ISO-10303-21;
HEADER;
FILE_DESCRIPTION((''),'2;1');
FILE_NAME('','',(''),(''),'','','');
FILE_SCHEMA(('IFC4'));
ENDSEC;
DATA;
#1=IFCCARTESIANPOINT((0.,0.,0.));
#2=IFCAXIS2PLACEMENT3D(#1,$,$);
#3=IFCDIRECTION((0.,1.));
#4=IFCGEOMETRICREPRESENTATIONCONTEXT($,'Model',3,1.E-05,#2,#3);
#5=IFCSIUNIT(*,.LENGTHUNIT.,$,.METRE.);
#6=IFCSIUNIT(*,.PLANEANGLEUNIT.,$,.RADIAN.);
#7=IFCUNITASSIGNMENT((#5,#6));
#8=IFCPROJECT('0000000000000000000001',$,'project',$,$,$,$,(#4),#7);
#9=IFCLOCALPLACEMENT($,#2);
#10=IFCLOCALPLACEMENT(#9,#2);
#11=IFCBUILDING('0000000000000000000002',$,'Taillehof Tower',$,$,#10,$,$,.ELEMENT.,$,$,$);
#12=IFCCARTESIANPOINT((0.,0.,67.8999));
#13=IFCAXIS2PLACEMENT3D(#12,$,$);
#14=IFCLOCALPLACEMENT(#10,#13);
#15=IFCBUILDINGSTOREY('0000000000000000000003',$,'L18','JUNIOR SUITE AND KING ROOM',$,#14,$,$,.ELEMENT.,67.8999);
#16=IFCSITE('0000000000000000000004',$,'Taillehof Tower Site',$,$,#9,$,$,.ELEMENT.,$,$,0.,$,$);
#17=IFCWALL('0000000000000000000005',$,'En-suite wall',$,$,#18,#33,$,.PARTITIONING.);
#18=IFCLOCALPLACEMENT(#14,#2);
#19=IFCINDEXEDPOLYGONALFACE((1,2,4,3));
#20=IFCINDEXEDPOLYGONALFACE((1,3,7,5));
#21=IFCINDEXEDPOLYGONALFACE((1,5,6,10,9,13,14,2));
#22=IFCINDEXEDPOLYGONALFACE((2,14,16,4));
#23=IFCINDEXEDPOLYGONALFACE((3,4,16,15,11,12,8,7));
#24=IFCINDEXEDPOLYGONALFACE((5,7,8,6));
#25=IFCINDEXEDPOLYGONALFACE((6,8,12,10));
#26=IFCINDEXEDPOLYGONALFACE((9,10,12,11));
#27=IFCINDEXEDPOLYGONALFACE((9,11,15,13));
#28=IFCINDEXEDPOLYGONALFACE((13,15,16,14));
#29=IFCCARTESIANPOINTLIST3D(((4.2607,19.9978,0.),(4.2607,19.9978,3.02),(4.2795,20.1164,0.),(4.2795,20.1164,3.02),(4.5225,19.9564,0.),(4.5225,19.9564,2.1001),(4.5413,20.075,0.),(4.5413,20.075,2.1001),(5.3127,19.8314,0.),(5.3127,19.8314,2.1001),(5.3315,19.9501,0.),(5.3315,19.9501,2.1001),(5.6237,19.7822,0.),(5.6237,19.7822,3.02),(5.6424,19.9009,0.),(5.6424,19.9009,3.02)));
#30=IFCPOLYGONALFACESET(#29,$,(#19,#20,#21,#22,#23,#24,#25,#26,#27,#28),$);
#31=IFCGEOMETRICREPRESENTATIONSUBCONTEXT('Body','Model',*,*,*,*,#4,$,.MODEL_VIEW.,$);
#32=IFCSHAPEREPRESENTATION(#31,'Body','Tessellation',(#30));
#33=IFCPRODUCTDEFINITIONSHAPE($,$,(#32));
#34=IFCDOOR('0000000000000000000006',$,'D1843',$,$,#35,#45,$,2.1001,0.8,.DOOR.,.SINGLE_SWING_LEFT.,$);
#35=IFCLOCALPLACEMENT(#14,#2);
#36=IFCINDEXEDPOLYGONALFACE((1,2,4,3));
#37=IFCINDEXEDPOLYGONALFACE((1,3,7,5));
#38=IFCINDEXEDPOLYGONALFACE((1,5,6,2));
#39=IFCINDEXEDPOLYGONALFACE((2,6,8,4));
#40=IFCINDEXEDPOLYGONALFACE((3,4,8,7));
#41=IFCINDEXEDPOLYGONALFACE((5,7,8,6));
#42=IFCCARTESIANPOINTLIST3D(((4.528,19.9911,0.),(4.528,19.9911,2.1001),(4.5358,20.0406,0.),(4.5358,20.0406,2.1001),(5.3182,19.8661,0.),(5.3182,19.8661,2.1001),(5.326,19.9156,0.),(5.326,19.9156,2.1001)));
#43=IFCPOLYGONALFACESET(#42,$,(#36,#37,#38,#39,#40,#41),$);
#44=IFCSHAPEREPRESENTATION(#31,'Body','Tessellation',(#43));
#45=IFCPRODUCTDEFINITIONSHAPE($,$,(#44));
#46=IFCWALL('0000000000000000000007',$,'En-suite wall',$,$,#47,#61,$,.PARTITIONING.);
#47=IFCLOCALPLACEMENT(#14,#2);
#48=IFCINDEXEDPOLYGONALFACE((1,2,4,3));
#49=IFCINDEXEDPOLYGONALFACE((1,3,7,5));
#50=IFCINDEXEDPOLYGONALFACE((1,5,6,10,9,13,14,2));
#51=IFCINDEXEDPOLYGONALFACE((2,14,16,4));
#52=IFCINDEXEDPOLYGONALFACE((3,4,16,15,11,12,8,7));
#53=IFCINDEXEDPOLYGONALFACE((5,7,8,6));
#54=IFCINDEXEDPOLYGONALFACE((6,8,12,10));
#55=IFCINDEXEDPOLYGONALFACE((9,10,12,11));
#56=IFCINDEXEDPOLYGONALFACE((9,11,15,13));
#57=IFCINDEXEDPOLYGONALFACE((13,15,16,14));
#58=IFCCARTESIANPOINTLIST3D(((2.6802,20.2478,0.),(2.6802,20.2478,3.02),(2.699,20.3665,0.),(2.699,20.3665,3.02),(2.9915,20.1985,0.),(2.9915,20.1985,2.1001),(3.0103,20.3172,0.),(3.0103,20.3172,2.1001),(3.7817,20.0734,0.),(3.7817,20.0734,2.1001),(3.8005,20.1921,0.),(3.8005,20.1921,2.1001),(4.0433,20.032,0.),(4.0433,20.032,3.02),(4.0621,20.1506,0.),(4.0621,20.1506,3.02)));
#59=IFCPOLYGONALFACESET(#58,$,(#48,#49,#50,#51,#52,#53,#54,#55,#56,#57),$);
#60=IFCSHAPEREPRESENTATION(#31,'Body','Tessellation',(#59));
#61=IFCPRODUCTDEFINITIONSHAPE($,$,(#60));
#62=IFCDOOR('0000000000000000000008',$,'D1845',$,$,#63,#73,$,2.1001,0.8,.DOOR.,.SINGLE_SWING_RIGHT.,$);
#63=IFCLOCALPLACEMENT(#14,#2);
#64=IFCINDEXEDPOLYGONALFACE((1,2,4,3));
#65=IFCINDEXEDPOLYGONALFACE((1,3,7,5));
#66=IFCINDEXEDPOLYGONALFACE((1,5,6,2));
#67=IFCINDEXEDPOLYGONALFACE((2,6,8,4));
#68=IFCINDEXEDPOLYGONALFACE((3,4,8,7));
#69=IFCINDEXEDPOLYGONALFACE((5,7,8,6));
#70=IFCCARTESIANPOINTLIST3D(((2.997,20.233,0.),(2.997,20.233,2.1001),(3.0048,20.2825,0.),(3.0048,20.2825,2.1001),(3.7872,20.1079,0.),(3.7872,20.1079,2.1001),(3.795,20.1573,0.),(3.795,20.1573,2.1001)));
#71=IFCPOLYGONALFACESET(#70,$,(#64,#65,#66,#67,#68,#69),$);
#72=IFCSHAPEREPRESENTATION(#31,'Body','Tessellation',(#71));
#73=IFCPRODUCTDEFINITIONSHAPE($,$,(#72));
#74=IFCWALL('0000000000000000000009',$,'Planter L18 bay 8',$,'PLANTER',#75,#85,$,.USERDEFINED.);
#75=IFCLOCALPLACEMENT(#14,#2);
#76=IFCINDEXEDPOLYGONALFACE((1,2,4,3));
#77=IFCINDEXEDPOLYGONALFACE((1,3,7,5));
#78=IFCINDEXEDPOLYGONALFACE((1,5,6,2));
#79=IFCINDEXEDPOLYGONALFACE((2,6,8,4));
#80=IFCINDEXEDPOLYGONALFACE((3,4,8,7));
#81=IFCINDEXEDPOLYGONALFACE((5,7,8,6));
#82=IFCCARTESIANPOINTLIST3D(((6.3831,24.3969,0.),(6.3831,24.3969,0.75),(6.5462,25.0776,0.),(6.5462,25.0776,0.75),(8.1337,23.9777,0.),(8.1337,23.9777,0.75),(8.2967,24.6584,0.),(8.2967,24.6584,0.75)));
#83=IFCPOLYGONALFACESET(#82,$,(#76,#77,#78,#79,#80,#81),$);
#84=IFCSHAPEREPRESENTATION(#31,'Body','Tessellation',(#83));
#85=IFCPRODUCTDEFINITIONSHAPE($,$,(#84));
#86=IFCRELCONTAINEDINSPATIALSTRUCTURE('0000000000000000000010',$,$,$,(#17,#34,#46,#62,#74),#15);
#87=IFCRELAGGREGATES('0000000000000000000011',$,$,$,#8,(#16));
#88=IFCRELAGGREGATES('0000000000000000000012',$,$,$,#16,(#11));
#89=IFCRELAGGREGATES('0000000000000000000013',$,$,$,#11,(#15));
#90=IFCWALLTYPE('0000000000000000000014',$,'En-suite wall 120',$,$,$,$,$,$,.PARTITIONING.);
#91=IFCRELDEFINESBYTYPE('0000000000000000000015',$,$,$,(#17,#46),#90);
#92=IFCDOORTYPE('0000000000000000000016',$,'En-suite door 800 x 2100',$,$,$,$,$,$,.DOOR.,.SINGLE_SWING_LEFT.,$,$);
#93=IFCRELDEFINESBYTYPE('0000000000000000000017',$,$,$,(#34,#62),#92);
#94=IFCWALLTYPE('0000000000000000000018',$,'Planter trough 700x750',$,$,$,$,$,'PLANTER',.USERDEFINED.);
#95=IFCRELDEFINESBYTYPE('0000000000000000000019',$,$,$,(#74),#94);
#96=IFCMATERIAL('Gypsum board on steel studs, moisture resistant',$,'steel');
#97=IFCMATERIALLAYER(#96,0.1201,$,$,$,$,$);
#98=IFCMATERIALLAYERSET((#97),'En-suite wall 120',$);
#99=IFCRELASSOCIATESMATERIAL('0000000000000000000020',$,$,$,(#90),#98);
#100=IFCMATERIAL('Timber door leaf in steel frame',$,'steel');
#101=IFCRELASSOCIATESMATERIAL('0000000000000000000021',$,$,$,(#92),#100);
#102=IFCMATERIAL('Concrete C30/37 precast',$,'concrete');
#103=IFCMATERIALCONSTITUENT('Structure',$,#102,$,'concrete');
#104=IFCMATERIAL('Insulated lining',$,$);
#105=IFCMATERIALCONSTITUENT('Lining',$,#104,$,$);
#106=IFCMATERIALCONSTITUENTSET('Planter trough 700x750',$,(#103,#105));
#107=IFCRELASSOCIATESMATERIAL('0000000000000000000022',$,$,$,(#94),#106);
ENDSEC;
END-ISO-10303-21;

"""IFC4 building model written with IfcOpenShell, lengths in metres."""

from ifc_helpers import new_model, si_unit, direction, frame, frame_2d, origin, place, context, subcontext, project, spatial, rectangle, extrude, material, layer, layer_set, constituent, constituent_set, type_object, element, fill, save


model = new_model("IFC4")

# Units and contexts
model_context = context("Model", 3, precision=1e-05, world=origin(), true_north=direction((0.0, 1.0)))
body_context = subcontext(model_context, "Body", "Model", "MODEL_VIEW")
ifc_project = project(units=[si_unit("LENGTHUNIT", "METRE"), si_unit("PLANEANGLEUNIT", "RADIAN")], contexts=[model_context])

# Site, building, storey
site_placement = place(None, origin())
site = spatial("IfcSite", under=ifc_project, at=site_placement, Name="Taillehof Tower Site", CompositionType="ELEMENT", RefElevation=0.0)
building_placement = place(site_placement, origin())
building = spatial("IfcBuilding", under=site, at=building_placement, Name="Taillehof Tower", CompositionType="ELEMENT")
storey_placement = place(building_placement, frame((0.0, 0.0, 67.8999)))
storey = spatial("IfcBuildingStorey", under=building, at=storey_placement, Name="L18", Description="JUNIOR SUITE AND KING ROOM", CompositionType="ELEMENT", Elevation=67.8999)

# Shared definitions
ifc_material_1 = material(Name="Gypsum board on steel studs, moisture resistant", Category="steel")
ifc_layer_1 = layer(ifc_material_1, 0.1201)
ifc_layer_set_1 = layer_set([ifc_layer_1], Name="En-suite wall 120")
wall_type_1 = type_object("IfcWallType", Name="En-suite wall 120", PredefinedType="PARTITIONING", material=ifc_layer_set_1)

# Walls, openings, doors
wall_1_placement = place(storey_placement, frame((5.6331, 19.8416, 0.0), z_axis=(0.0, 0.0, 1.0), x_axis=(-0.987723, 0.156217, 0.0)))
wall_1 = element("IfcWall", 1, at=wall_1_placement, inside=storey, type_object=wall_type_1, Name="En-suite wall", PredefinedType="PARTITIONING", context=body_context, shape_type="SweptSolid", body=[
    extrude(rectangle(XDim=1.3799, YDim=0.1201, at=frame_2d((0.6899, 0.0))), origin(), (0.0, 0.0, 1.0), 3.02),
])
opening_1_placement = place(wall_1_placement, frame((0.3149, 0.0, 0.0)))
opening_1 = element("IfcOpeningElement", 2, at=opening_1_placement, cuts=wall_1, PredefinedType="OPENING", context=body_context, shape_type="SweptSolid", body=[
    extrude(rectangle(XDim=0.8, YDim=2.1001, at=frame_2d((0.3999, 1.05))), frame((0.0, 0.0701, 0.0), z_axis=(0.0, -1.0, 0.0), x_axis=(1.0, 0.0, 0.0)), (0.0, 0.0, 1.0), 0.1401),
])
ifc_material_2 = material(Name="Timber door leaf in steel frame", Category="steel")
door_type_1 = type_object("IfcDoorType", Name="En-suite door 800 x 2100", OperationType="SINGLE_SWING_LEFT", PredefinedType="DOOR", material=ifc_material_2)
door_1_placement = place(opening_1_placement, origin())
door_1 = element("IfcDoor", 3, at=door_1_placement, inside=storey, type_object=door_type_1, Name="D1843", OperationType="SINGLE_SWING_LEFT", OverallHeight=2.1001, OverallWidth=0.8, PredefinedType="DOOR", context=body_context, shape_type="SweptSolid", body=[
    extrude(rectangle(XDim=0.8, YDim=2.1001, at=frame_2d((0.3999, 1.05))), frame((0.0, 0.0249, 0.0), z_axis=(0.0, -1.0, 0.0), x_axis=(1.0, 0.0, 0.0)), (0.0, 0.0, 1.0), 0.05),
])
fill(opening_1, door_1)
wall_2_placement = place(storey_placement, frame((2.6897, 20.3071, 0.0), z_axis=(0.0, 0.0, 1.0), x_axis=(0.987695, -0.15639, 0.0)))
wall_2 = element("IfcWall", 4, at=wall_2_placement, inside=storey, type_object=wall_type_1, Name="En-suite wall", PredefinedType="PARTITIONING", context=body_context, shape_type="SweptSolid", body=[
    extrude(rectangle(XDim=1.3801, YDim=0.1201, at=frame_2d((0.6899, 0.0))), origin(), (0.0, 0.0, 1.0), 3.02),
])
opening_2_placement = place(wall_2_placement, frame((0.3152, 0.0, 0.0)))
opening_2 = element("IfcOpeningElement", 5, at=opening_2_placement, cuts=wall_2, PredefinedType="OPENING", context=body_context, shape_type="SweptSolid", body=[
    extrude(rectangle(XDim=0.8, YDim=2.1001, at=frame_2d((0.3999, 1.05))), frame((0.0, 0.0701, 0.0), z_axis=(0.0, -1.0, 0.0), x_axis=(1.0, 0.0, 0.0)), (0.0, 0.0, 1.0), 0.1401),
])
door_2_placement = place(opening_2_placement, origin())
door_2 = element("IfcDoor", 6, at=door_2_placement, inside=storey, type_object=door_type_1, Name="D1845", OperationType="SINGLE_SWING_RIGHT", OverallHeight=2.1001, OverallWidth=0.8, PredefinedType="DOOR", context=body_context, shape_type="SweptSolid", body=[
    extrude(rectangle(XDim=0.8, YDim=2.1001, at=frame_2d((0.3999, 1.05))), frame((0.0, 0.0249, 0.0), z_axis=(0.0, -1.0, 0.0), x_axis=(1.0, 0.0, 0.0)), (0.0, 0.0, 1.0), 0.05),
])
fill(opening_2, door_2)

# Wall
ifc_material_3 = material(Name="Concrete C30/37 precast", Category="concrete")
ifc_constituent_1 = constituent(ifc_material_3, Name="Structure", Category="concrete")
ifc_material_4 = material(Name="Insulated lining")
ifc_constituent_2 = constituent(ifc_material_4, Name="Lining")
ifc_constituent_set = constituent_set(constituents=[ifc_constituent_1, ifc_constituent_2], Name="Planter trough 700x750")
wall_type_2 = type_object("IfcWallType", Name="Planter trough 700x750", ElementType="PLANTER", PredefinedType="USERDEFINED", material=ifc_constituent_set)
wall_3_placement = place(storey_placement, frame((8.2151, 24.3181, 0.0), z_axis=(0.0, 0.0, 1.0), x_axis=(-0.972504, 0.232886, 0.0)))
element("IfcWall", 7, at=wall_3_placement, inside=storey, type_object=wall_type_2, Name="Planter L18 bay 8", ObjectType="PLANTER", PredefinedType="USERDEFINED", context=body_context, shape_type="SweptSolid", body=[
    extrude(rectangle(XDim=1.8, YDim=0.7, at=frame_2d((0.8999, 0.0))), origin(), (0.0, 0.0, 1.0), 0.75),
])

save(model, "model.ifc")
